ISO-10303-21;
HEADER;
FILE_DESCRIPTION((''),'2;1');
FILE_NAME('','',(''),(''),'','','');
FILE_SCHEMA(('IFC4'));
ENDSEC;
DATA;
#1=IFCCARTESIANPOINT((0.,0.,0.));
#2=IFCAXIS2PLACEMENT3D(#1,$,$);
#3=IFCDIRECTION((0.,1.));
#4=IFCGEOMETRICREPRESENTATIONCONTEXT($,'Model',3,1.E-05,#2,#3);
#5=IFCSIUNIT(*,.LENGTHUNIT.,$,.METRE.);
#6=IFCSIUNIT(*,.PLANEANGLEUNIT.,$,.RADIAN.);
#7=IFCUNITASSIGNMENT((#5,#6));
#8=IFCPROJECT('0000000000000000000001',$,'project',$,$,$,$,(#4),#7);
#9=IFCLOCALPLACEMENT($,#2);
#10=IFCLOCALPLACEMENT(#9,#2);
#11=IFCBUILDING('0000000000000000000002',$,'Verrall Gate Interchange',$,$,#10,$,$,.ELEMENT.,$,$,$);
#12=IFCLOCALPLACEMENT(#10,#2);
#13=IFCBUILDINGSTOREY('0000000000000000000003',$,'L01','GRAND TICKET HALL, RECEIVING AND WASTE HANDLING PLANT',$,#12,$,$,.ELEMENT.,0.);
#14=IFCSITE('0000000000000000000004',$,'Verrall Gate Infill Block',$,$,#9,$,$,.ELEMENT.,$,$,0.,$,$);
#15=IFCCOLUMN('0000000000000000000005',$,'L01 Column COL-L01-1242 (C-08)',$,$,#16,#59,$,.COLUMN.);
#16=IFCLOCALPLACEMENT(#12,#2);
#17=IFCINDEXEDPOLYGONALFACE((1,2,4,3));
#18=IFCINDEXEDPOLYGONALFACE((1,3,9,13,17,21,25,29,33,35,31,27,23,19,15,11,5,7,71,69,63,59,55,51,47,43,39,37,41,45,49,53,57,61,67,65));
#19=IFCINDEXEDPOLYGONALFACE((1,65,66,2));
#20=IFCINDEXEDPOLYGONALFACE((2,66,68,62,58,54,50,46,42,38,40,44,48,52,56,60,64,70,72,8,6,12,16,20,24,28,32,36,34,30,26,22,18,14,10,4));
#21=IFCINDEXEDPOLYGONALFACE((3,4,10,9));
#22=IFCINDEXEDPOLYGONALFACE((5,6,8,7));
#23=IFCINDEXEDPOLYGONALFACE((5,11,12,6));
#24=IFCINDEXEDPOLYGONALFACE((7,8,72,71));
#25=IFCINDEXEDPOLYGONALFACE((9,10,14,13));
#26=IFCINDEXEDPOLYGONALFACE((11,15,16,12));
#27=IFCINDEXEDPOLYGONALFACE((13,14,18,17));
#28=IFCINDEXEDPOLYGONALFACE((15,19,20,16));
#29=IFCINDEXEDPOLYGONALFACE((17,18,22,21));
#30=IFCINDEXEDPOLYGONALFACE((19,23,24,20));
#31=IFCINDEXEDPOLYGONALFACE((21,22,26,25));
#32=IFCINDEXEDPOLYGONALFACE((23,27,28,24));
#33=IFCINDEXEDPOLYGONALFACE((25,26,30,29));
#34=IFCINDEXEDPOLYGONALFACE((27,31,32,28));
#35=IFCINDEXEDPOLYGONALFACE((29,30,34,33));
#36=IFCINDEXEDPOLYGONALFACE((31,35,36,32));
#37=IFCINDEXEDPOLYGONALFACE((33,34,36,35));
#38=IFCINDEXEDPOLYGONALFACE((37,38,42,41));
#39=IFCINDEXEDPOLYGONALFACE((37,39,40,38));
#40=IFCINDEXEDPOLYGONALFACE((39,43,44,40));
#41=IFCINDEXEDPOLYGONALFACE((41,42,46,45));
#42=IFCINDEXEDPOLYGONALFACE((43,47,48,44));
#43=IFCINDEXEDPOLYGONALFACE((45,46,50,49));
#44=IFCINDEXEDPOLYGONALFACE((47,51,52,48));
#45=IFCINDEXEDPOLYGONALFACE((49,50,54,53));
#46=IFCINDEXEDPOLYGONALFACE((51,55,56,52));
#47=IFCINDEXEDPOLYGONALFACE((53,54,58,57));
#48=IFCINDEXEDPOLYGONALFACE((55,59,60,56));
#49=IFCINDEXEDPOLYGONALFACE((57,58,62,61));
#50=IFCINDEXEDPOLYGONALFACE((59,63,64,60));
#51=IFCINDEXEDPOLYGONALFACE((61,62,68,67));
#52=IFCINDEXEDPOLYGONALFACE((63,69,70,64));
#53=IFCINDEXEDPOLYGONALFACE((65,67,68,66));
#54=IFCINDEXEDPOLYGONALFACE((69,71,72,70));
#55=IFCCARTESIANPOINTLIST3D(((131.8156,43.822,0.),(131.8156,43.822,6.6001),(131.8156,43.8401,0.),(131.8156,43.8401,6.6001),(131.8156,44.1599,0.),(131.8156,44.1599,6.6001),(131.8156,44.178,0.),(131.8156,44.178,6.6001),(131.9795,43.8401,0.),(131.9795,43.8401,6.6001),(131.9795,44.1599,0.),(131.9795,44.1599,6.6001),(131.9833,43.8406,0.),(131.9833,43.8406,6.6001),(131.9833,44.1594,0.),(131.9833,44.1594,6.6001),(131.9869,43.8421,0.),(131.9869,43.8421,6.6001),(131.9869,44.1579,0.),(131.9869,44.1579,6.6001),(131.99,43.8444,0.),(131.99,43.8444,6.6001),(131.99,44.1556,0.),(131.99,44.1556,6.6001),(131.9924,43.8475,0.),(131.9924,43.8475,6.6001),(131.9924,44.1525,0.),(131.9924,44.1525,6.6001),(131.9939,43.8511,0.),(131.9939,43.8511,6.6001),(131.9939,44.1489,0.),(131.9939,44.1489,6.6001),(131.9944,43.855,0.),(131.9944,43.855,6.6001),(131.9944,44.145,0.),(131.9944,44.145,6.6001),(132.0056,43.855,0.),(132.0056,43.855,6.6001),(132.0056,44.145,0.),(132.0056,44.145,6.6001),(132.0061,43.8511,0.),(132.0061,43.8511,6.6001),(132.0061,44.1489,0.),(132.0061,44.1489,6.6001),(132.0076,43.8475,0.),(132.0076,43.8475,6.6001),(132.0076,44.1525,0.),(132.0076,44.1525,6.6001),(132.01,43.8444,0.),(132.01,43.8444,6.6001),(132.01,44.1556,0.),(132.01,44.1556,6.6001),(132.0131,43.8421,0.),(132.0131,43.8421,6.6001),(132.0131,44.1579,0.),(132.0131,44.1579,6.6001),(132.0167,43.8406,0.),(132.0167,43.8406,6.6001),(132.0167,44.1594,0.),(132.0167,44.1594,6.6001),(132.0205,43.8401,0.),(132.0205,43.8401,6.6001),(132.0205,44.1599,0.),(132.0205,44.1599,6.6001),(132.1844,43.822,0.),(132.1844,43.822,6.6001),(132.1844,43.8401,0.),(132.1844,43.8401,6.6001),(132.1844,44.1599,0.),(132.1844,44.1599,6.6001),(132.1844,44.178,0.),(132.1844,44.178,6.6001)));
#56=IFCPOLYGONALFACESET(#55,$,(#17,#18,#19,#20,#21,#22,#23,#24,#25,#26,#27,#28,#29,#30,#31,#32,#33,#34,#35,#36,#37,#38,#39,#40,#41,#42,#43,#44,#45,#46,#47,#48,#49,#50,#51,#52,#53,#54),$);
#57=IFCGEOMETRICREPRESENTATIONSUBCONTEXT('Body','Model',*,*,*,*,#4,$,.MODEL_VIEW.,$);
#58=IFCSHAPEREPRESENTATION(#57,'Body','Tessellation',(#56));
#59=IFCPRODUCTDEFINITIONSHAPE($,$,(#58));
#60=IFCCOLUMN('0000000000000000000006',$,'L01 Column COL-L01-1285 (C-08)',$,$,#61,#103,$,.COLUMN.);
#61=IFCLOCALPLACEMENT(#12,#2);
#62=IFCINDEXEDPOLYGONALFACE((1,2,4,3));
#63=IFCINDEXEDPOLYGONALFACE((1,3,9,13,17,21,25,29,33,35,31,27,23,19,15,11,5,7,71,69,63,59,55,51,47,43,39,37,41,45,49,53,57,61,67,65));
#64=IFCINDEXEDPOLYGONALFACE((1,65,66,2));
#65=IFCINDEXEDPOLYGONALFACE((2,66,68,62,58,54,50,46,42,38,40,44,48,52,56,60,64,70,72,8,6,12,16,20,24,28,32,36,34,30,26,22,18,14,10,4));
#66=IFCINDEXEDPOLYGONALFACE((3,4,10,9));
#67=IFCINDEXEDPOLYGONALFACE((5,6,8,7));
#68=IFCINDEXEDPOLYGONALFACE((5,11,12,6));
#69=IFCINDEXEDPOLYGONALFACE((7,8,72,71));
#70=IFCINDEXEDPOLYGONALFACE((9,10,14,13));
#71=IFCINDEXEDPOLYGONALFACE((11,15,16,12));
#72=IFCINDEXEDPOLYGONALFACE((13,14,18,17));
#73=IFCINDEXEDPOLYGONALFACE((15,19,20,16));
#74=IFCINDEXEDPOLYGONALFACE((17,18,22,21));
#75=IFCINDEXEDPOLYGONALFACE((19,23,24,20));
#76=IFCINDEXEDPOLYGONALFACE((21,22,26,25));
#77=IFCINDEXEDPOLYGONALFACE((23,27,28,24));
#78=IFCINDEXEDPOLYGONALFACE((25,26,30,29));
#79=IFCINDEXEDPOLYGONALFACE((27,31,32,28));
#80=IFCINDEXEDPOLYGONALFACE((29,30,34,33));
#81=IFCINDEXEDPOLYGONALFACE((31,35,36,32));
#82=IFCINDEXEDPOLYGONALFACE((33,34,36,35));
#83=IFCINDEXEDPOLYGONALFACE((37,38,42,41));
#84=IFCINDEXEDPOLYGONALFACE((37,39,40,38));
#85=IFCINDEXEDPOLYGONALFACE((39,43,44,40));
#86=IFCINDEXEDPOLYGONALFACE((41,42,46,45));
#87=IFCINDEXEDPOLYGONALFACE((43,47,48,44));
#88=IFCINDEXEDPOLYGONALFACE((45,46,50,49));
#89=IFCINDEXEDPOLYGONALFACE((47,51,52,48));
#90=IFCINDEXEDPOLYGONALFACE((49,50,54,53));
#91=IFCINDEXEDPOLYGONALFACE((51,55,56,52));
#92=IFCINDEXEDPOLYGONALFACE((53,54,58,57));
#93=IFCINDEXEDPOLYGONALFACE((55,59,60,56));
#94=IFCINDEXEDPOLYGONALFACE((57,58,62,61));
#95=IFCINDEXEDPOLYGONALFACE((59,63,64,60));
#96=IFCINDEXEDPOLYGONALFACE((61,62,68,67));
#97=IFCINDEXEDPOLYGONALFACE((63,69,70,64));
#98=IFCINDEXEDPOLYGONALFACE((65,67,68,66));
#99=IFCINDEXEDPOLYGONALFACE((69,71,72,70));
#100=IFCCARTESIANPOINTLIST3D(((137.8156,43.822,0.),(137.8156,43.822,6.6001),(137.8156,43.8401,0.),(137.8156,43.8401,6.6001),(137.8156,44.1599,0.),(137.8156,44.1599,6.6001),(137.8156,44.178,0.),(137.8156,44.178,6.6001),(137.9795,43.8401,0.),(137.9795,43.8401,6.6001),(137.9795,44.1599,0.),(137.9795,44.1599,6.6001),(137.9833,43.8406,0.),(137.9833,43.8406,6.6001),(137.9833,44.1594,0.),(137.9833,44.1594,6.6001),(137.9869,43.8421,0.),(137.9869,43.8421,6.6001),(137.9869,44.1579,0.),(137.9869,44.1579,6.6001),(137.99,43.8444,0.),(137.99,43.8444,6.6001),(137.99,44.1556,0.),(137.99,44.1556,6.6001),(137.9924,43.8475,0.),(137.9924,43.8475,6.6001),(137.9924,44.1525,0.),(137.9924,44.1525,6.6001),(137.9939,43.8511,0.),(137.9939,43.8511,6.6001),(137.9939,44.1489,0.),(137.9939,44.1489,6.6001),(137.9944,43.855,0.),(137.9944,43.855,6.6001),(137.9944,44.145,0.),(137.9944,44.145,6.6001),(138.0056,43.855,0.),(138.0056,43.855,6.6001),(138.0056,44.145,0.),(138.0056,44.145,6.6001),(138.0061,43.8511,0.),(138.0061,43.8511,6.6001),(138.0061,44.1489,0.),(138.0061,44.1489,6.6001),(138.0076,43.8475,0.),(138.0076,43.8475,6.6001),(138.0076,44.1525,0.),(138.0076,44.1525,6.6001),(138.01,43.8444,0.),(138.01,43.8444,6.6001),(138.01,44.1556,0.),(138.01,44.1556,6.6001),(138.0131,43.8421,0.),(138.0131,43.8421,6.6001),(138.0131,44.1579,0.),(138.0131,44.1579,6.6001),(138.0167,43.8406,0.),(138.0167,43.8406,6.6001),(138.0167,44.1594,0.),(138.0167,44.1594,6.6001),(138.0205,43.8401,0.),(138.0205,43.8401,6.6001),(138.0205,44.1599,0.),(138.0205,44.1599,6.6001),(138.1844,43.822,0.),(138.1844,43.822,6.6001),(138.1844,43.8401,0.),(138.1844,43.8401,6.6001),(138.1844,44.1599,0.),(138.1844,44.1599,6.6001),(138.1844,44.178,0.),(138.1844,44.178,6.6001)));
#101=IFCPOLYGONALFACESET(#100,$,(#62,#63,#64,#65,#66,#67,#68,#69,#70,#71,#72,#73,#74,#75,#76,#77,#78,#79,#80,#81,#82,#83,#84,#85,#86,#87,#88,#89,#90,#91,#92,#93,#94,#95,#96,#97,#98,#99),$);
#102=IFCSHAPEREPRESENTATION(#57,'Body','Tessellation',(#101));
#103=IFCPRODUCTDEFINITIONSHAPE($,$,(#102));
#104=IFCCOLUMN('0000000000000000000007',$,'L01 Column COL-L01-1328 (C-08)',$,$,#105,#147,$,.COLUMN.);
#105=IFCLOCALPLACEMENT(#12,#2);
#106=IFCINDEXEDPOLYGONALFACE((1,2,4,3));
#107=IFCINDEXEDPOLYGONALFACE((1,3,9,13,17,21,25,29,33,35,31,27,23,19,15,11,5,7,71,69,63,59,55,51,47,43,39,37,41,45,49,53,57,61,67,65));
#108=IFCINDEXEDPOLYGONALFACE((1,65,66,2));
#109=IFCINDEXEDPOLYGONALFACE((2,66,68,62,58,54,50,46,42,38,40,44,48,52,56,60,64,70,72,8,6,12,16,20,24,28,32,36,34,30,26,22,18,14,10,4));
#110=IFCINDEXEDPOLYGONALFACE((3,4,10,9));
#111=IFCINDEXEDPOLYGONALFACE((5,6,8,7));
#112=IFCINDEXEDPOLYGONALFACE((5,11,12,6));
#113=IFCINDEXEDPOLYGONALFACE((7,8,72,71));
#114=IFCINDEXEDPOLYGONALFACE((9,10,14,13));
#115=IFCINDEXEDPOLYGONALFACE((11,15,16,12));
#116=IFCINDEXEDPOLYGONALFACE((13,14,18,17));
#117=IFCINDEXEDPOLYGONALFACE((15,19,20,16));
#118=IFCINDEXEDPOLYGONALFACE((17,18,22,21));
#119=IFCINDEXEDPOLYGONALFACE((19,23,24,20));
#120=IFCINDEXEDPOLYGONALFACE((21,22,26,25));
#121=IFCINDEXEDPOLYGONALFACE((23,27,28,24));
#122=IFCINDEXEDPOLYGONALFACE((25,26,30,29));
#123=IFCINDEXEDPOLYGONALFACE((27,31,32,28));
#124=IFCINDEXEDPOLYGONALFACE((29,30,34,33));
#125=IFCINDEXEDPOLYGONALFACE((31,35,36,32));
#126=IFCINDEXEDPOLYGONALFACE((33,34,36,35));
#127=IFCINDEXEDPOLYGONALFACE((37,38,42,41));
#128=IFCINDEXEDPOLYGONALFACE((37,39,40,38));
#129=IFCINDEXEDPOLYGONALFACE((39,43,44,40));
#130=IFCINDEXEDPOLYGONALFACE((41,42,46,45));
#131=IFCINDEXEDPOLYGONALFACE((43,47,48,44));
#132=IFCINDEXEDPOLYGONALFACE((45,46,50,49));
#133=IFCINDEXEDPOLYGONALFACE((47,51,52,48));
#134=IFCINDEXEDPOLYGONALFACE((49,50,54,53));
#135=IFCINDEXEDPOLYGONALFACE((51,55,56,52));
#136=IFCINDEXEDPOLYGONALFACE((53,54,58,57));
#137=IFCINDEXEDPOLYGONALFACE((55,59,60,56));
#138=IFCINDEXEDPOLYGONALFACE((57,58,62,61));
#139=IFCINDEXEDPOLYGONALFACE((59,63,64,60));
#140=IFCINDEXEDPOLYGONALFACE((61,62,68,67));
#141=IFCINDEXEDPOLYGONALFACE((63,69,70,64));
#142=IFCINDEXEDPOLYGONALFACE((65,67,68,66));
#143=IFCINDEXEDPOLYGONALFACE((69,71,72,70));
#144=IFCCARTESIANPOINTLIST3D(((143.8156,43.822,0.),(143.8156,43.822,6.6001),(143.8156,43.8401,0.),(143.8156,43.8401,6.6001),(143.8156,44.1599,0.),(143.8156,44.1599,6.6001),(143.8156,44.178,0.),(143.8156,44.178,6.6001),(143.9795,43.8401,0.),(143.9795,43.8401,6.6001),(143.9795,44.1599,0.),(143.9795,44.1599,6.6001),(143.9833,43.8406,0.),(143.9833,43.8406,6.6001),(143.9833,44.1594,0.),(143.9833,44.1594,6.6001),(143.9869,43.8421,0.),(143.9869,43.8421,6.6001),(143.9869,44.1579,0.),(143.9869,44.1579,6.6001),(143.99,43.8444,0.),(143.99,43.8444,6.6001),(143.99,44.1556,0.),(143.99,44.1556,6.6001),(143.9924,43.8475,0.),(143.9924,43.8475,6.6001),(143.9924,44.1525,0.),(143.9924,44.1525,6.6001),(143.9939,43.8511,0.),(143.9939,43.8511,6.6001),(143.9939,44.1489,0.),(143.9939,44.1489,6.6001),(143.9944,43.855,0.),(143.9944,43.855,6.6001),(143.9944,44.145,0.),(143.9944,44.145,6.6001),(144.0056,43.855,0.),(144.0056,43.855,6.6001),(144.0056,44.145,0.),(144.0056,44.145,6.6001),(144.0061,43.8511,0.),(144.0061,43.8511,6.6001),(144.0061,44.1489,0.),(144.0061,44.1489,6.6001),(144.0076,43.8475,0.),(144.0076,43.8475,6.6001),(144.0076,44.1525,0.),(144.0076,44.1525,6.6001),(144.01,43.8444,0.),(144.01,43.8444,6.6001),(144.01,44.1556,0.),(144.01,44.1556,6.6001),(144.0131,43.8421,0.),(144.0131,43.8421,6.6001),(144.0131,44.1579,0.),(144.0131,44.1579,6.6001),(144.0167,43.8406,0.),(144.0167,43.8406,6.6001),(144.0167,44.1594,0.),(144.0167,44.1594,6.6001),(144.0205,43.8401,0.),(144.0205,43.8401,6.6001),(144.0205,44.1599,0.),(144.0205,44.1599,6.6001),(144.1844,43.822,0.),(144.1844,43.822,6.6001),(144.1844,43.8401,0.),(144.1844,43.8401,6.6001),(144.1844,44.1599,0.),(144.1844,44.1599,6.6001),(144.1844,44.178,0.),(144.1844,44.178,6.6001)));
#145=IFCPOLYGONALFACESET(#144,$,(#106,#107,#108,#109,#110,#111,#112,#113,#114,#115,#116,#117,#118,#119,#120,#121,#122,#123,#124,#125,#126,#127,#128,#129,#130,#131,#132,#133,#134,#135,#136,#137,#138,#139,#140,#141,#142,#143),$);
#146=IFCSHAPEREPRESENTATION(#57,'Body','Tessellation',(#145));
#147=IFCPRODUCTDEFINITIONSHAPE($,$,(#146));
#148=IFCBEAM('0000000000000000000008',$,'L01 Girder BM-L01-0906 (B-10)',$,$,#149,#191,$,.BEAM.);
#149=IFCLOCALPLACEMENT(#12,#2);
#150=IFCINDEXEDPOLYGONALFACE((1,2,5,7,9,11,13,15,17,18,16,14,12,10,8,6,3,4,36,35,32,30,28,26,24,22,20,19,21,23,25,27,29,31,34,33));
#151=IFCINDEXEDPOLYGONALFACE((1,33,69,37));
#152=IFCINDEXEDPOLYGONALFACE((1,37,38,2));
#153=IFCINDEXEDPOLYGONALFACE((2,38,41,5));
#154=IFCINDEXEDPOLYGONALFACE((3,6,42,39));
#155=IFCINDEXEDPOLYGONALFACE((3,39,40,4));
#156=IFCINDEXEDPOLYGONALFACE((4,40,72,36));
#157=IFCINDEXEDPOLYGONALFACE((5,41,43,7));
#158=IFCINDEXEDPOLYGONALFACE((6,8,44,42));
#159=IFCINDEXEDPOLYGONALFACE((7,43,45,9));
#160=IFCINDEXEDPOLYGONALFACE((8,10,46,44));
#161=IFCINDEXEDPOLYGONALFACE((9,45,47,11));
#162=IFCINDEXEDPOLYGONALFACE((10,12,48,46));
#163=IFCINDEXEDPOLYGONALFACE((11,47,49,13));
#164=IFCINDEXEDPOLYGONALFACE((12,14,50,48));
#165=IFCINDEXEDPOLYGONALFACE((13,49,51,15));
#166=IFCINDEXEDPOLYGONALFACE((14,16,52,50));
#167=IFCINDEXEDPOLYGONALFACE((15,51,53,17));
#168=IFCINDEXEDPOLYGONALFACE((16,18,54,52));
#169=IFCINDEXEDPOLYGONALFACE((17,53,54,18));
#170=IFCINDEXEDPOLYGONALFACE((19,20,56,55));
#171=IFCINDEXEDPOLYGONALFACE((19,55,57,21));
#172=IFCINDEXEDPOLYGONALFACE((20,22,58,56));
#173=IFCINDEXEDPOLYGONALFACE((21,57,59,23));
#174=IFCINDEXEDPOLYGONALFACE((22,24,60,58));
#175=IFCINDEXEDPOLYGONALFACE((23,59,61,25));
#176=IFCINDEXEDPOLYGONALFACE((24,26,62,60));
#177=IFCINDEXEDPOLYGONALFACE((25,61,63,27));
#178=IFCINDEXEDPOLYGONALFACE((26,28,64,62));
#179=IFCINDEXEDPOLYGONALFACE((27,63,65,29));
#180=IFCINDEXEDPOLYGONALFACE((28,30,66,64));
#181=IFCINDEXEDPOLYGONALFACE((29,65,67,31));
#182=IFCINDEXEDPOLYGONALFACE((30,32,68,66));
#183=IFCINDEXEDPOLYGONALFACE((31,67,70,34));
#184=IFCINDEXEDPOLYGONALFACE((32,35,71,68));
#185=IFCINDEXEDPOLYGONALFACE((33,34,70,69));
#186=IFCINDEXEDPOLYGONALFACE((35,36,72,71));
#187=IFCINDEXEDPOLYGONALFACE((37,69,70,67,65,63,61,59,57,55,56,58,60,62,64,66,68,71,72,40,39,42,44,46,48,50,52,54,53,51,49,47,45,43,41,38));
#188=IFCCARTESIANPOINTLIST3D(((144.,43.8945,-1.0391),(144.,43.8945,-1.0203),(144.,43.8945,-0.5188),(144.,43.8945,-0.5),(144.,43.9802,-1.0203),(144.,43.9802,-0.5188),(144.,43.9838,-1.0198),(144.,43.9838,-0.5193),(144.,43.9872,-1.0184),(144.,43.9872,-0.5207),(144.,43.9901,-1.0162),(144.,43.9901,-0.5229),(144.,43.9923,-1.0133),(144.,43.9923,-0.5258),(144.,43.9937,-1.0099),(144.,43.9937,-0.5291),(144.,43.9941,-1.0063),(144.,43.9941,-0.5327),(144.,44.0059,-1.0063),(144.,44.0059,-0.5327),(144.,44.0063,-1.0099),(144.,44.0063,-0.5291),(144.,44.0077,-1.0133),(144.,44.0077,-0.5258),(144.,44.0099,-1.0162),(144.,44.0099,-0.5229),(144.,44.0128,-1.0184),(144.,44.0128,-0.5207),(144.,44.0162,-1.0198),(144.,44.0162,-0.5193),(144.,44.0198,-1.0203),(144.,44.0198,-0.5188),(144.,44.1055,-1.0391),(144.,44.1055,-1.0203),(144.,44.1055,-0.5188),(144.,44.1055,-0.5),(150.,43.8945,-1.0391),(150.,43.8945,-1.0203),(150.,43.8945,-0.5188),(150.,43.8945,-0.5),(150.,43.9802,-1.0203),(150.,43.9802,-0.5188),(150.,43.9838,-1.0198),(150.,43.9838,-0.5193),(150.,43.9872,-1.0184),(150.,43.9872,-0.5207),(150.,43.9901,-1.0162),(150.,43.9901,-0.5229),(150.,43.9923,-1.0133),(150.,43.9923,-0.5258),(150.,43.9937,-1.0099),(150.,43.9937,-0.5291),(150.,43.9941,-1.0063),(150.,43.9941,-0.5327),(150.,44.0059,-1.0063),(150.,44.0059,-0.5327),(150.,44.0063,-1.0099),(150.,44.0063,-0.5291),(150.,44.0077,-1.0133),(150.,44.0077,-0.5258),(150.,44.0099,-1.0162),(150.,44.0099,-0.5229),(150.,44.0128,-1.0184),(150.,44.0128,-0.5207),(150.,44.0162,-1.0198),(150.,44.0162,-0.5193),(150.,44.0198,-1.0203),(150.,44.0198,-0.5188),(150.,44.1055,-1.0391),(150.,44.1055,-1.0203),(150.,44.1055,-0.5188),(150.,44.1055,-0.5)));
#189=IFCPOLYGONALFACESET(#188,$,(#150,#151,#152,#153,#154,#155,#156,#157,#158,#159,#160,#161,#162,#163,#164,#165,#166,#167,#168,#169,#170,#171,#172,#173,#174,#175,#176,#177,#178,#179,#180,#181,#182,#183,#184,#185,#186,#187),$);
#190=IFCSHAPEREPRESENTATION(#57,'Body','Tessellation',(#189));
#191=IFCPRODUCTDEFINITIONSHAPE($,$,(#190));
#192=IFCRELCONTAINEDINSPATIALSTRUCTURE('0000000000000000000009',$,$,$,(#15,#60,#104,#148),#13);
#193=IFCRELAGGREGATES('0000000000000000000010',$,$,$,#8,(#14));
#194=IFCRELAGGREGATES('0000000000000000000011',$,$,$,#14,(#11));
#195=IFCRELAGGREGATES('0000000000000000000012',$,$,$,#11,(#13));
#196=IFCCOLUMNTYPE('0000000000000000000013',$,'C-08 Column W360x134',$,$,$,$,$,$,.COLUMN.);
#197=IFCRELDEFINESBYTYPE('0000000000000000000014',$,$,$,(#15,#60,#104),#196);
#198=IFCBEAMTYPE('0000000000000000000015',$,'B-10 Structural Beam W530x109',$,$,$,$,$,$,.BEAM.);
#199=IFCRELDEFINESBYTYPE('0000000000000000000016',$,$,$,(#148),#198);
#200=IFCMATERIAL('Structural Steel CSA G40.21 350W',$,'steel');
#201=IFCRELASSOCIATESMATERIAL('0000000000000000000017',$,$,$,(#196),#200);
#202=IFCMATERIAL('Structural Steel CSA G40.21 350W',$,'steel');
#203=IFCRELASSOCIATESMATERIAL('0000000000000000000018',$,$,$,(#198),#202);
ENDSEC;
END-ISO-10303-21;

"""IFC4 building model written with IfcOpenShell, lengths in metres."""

from ifc_helpers import new_model, si_unit, direction, frame, origin, origin_2d, place, context, subcontext, project, spatial, i_section, extrude, material, material_profile, profile_set, type_object, element, save


model = new_model("IFC4")

# Units and contexts
model_context = context("Model", 3, precision=1e-05, world=origin(), true_north=direction((0.0, 1.0)))
body_context = subcontext(model_context, "Body", "Model", "MODEL_VIEW")
ifc_project = project(units=[si_unit("LENGTHUNIT", "METRE"), si_unit("PLANEANGLEUNIT", "RADIAN")], contexts=[model_context])

# Site, building, storey
site_placement = place(None, origin())
site = spatial("IfcSite", under=ifc_project, at=site_placement, Name="Verrall Gate Infill Block", CompositionType="ELEMENT", RefElevation=0.0)
building_placement = place(site_placement, origin())
building = spatial("IfcBuilding", under=site, at=building_placement, Name="Verrall Gate Interchange", CompositionType="ELEMENT")
storey_placement = place(building_placement, origin())
storey = spatial("IfcBuildingStorey", under=building, at=storey_placement, Name="L01", Description="GRAND TICKET HALL, RECEIVING AND WASTE HANDLING PLANT", CompositionType="ELEMENT", Elevation=0.0)

# Columns
ifc_material_1 = material(Name="Structural Steel CSA G40.21 350W", Category="steel")
ifc_material_profile_1 = material_profile(ifc_material_1, i_section(OverallWidth=0.3689, OverallDepth=0.356, WebThickness=0.0112, FlangeThickness=0.0181, FilletRadius=0.0149, at=origin_2d()), Name="W360x134")
ifc_profile_set_1 = profile_set([ifc_material_profile_1], Name="Structural Steel CSA G40.21 350W")
column_type = type_object("IfcColumnType", Name="C-08 Column W360x134", PredefinedType="COLUMN", material=ifc_profile_set_1)
for number, where, z_axis, x_axis, name in (
    (1, (132.0, 44.0, 0.0), (0.0, 0.0, 1.0), (1.0, 0.0, 0.0), "L01 Column COL-L01-1242 (C-08)"),
    (2, (138.0, 44.0, 0.0), (0.0, 0.0, 1.0), (1.0, 0.0, 0.0), "L01 Column COL-L01-1285 (C-08)"),
    (3, (144.0, 44.0, 0.0), (0.0, 0.0, 1.0), (1.0, 0.0, 0.0), "L01 Column COL-L01-1328 (C-08)"),
):
    element("IfcColumn", number, at=place(storey_placement, frame(where, z_axis=z_axis, x_axis=x_axis)), inside=storey, type_object=column_type, Name=name, PredefinedType="COLUMN", context=body_context, shape_type="SweptSolid", body=[
        extrude(i_section(OverallWidth=0.3689, OverallDepth=0.356, WebThickness=0.0112, FlangeThickness=0.0181, FilletRadius=0.0149, at=origin_2d()), origin(), (0.0, 0.0, 1.0), 6.6001),
    ])

# Beam
ifc_material_2 = material(Name="Structural Steel CSA G40.21 350W", Category="steel")
ifc_material_profile_2 = material_profile(ifc_material_2, i_section(OverallWidth=0.2109, OverallDepth=0.5391, WebThickness=0.0117, FlangeThickness=0.0188, FilletRadius=0.0139, at=origin_2d()), Name="W530x109")
ifc_profile_set_2 = profile_set([ifc_material_profile_2], Name="Structural Steel CSA G40.21 350W")
beam_type_1 = type_object("IfcBeamType", Name="B-10 Structural Beam W530x109", PredefinedType="BEAM", material=ifc_profile_set_2)
beam_1_placement = place(storey_placement, frame((144.0, 44.0, -0.7695), z_axis=(1.0, 0.0, 0.0), x_axis=(0.0, 1.0, 0.0)))
element("IfcBeam", 4, at=beam_1_placement, inside=storey, type_object=beam_type_1, Name="L01 Girder BM-L01-0906 (B-10)", PredefinedType="BEAM", context=body_context, shape_type="SweptSolid", body=[
    extrude(i_section(OverallWidth=0.2109, OverallDepth=0.5391, WebThickness=0.0117, FlangeThickness=0.0188, FilletRadius=0.0139, at=origin_2d()), origin(), (0.0, 0.0, 1.0), 6.0),
])

save(model, "model.ifc")
